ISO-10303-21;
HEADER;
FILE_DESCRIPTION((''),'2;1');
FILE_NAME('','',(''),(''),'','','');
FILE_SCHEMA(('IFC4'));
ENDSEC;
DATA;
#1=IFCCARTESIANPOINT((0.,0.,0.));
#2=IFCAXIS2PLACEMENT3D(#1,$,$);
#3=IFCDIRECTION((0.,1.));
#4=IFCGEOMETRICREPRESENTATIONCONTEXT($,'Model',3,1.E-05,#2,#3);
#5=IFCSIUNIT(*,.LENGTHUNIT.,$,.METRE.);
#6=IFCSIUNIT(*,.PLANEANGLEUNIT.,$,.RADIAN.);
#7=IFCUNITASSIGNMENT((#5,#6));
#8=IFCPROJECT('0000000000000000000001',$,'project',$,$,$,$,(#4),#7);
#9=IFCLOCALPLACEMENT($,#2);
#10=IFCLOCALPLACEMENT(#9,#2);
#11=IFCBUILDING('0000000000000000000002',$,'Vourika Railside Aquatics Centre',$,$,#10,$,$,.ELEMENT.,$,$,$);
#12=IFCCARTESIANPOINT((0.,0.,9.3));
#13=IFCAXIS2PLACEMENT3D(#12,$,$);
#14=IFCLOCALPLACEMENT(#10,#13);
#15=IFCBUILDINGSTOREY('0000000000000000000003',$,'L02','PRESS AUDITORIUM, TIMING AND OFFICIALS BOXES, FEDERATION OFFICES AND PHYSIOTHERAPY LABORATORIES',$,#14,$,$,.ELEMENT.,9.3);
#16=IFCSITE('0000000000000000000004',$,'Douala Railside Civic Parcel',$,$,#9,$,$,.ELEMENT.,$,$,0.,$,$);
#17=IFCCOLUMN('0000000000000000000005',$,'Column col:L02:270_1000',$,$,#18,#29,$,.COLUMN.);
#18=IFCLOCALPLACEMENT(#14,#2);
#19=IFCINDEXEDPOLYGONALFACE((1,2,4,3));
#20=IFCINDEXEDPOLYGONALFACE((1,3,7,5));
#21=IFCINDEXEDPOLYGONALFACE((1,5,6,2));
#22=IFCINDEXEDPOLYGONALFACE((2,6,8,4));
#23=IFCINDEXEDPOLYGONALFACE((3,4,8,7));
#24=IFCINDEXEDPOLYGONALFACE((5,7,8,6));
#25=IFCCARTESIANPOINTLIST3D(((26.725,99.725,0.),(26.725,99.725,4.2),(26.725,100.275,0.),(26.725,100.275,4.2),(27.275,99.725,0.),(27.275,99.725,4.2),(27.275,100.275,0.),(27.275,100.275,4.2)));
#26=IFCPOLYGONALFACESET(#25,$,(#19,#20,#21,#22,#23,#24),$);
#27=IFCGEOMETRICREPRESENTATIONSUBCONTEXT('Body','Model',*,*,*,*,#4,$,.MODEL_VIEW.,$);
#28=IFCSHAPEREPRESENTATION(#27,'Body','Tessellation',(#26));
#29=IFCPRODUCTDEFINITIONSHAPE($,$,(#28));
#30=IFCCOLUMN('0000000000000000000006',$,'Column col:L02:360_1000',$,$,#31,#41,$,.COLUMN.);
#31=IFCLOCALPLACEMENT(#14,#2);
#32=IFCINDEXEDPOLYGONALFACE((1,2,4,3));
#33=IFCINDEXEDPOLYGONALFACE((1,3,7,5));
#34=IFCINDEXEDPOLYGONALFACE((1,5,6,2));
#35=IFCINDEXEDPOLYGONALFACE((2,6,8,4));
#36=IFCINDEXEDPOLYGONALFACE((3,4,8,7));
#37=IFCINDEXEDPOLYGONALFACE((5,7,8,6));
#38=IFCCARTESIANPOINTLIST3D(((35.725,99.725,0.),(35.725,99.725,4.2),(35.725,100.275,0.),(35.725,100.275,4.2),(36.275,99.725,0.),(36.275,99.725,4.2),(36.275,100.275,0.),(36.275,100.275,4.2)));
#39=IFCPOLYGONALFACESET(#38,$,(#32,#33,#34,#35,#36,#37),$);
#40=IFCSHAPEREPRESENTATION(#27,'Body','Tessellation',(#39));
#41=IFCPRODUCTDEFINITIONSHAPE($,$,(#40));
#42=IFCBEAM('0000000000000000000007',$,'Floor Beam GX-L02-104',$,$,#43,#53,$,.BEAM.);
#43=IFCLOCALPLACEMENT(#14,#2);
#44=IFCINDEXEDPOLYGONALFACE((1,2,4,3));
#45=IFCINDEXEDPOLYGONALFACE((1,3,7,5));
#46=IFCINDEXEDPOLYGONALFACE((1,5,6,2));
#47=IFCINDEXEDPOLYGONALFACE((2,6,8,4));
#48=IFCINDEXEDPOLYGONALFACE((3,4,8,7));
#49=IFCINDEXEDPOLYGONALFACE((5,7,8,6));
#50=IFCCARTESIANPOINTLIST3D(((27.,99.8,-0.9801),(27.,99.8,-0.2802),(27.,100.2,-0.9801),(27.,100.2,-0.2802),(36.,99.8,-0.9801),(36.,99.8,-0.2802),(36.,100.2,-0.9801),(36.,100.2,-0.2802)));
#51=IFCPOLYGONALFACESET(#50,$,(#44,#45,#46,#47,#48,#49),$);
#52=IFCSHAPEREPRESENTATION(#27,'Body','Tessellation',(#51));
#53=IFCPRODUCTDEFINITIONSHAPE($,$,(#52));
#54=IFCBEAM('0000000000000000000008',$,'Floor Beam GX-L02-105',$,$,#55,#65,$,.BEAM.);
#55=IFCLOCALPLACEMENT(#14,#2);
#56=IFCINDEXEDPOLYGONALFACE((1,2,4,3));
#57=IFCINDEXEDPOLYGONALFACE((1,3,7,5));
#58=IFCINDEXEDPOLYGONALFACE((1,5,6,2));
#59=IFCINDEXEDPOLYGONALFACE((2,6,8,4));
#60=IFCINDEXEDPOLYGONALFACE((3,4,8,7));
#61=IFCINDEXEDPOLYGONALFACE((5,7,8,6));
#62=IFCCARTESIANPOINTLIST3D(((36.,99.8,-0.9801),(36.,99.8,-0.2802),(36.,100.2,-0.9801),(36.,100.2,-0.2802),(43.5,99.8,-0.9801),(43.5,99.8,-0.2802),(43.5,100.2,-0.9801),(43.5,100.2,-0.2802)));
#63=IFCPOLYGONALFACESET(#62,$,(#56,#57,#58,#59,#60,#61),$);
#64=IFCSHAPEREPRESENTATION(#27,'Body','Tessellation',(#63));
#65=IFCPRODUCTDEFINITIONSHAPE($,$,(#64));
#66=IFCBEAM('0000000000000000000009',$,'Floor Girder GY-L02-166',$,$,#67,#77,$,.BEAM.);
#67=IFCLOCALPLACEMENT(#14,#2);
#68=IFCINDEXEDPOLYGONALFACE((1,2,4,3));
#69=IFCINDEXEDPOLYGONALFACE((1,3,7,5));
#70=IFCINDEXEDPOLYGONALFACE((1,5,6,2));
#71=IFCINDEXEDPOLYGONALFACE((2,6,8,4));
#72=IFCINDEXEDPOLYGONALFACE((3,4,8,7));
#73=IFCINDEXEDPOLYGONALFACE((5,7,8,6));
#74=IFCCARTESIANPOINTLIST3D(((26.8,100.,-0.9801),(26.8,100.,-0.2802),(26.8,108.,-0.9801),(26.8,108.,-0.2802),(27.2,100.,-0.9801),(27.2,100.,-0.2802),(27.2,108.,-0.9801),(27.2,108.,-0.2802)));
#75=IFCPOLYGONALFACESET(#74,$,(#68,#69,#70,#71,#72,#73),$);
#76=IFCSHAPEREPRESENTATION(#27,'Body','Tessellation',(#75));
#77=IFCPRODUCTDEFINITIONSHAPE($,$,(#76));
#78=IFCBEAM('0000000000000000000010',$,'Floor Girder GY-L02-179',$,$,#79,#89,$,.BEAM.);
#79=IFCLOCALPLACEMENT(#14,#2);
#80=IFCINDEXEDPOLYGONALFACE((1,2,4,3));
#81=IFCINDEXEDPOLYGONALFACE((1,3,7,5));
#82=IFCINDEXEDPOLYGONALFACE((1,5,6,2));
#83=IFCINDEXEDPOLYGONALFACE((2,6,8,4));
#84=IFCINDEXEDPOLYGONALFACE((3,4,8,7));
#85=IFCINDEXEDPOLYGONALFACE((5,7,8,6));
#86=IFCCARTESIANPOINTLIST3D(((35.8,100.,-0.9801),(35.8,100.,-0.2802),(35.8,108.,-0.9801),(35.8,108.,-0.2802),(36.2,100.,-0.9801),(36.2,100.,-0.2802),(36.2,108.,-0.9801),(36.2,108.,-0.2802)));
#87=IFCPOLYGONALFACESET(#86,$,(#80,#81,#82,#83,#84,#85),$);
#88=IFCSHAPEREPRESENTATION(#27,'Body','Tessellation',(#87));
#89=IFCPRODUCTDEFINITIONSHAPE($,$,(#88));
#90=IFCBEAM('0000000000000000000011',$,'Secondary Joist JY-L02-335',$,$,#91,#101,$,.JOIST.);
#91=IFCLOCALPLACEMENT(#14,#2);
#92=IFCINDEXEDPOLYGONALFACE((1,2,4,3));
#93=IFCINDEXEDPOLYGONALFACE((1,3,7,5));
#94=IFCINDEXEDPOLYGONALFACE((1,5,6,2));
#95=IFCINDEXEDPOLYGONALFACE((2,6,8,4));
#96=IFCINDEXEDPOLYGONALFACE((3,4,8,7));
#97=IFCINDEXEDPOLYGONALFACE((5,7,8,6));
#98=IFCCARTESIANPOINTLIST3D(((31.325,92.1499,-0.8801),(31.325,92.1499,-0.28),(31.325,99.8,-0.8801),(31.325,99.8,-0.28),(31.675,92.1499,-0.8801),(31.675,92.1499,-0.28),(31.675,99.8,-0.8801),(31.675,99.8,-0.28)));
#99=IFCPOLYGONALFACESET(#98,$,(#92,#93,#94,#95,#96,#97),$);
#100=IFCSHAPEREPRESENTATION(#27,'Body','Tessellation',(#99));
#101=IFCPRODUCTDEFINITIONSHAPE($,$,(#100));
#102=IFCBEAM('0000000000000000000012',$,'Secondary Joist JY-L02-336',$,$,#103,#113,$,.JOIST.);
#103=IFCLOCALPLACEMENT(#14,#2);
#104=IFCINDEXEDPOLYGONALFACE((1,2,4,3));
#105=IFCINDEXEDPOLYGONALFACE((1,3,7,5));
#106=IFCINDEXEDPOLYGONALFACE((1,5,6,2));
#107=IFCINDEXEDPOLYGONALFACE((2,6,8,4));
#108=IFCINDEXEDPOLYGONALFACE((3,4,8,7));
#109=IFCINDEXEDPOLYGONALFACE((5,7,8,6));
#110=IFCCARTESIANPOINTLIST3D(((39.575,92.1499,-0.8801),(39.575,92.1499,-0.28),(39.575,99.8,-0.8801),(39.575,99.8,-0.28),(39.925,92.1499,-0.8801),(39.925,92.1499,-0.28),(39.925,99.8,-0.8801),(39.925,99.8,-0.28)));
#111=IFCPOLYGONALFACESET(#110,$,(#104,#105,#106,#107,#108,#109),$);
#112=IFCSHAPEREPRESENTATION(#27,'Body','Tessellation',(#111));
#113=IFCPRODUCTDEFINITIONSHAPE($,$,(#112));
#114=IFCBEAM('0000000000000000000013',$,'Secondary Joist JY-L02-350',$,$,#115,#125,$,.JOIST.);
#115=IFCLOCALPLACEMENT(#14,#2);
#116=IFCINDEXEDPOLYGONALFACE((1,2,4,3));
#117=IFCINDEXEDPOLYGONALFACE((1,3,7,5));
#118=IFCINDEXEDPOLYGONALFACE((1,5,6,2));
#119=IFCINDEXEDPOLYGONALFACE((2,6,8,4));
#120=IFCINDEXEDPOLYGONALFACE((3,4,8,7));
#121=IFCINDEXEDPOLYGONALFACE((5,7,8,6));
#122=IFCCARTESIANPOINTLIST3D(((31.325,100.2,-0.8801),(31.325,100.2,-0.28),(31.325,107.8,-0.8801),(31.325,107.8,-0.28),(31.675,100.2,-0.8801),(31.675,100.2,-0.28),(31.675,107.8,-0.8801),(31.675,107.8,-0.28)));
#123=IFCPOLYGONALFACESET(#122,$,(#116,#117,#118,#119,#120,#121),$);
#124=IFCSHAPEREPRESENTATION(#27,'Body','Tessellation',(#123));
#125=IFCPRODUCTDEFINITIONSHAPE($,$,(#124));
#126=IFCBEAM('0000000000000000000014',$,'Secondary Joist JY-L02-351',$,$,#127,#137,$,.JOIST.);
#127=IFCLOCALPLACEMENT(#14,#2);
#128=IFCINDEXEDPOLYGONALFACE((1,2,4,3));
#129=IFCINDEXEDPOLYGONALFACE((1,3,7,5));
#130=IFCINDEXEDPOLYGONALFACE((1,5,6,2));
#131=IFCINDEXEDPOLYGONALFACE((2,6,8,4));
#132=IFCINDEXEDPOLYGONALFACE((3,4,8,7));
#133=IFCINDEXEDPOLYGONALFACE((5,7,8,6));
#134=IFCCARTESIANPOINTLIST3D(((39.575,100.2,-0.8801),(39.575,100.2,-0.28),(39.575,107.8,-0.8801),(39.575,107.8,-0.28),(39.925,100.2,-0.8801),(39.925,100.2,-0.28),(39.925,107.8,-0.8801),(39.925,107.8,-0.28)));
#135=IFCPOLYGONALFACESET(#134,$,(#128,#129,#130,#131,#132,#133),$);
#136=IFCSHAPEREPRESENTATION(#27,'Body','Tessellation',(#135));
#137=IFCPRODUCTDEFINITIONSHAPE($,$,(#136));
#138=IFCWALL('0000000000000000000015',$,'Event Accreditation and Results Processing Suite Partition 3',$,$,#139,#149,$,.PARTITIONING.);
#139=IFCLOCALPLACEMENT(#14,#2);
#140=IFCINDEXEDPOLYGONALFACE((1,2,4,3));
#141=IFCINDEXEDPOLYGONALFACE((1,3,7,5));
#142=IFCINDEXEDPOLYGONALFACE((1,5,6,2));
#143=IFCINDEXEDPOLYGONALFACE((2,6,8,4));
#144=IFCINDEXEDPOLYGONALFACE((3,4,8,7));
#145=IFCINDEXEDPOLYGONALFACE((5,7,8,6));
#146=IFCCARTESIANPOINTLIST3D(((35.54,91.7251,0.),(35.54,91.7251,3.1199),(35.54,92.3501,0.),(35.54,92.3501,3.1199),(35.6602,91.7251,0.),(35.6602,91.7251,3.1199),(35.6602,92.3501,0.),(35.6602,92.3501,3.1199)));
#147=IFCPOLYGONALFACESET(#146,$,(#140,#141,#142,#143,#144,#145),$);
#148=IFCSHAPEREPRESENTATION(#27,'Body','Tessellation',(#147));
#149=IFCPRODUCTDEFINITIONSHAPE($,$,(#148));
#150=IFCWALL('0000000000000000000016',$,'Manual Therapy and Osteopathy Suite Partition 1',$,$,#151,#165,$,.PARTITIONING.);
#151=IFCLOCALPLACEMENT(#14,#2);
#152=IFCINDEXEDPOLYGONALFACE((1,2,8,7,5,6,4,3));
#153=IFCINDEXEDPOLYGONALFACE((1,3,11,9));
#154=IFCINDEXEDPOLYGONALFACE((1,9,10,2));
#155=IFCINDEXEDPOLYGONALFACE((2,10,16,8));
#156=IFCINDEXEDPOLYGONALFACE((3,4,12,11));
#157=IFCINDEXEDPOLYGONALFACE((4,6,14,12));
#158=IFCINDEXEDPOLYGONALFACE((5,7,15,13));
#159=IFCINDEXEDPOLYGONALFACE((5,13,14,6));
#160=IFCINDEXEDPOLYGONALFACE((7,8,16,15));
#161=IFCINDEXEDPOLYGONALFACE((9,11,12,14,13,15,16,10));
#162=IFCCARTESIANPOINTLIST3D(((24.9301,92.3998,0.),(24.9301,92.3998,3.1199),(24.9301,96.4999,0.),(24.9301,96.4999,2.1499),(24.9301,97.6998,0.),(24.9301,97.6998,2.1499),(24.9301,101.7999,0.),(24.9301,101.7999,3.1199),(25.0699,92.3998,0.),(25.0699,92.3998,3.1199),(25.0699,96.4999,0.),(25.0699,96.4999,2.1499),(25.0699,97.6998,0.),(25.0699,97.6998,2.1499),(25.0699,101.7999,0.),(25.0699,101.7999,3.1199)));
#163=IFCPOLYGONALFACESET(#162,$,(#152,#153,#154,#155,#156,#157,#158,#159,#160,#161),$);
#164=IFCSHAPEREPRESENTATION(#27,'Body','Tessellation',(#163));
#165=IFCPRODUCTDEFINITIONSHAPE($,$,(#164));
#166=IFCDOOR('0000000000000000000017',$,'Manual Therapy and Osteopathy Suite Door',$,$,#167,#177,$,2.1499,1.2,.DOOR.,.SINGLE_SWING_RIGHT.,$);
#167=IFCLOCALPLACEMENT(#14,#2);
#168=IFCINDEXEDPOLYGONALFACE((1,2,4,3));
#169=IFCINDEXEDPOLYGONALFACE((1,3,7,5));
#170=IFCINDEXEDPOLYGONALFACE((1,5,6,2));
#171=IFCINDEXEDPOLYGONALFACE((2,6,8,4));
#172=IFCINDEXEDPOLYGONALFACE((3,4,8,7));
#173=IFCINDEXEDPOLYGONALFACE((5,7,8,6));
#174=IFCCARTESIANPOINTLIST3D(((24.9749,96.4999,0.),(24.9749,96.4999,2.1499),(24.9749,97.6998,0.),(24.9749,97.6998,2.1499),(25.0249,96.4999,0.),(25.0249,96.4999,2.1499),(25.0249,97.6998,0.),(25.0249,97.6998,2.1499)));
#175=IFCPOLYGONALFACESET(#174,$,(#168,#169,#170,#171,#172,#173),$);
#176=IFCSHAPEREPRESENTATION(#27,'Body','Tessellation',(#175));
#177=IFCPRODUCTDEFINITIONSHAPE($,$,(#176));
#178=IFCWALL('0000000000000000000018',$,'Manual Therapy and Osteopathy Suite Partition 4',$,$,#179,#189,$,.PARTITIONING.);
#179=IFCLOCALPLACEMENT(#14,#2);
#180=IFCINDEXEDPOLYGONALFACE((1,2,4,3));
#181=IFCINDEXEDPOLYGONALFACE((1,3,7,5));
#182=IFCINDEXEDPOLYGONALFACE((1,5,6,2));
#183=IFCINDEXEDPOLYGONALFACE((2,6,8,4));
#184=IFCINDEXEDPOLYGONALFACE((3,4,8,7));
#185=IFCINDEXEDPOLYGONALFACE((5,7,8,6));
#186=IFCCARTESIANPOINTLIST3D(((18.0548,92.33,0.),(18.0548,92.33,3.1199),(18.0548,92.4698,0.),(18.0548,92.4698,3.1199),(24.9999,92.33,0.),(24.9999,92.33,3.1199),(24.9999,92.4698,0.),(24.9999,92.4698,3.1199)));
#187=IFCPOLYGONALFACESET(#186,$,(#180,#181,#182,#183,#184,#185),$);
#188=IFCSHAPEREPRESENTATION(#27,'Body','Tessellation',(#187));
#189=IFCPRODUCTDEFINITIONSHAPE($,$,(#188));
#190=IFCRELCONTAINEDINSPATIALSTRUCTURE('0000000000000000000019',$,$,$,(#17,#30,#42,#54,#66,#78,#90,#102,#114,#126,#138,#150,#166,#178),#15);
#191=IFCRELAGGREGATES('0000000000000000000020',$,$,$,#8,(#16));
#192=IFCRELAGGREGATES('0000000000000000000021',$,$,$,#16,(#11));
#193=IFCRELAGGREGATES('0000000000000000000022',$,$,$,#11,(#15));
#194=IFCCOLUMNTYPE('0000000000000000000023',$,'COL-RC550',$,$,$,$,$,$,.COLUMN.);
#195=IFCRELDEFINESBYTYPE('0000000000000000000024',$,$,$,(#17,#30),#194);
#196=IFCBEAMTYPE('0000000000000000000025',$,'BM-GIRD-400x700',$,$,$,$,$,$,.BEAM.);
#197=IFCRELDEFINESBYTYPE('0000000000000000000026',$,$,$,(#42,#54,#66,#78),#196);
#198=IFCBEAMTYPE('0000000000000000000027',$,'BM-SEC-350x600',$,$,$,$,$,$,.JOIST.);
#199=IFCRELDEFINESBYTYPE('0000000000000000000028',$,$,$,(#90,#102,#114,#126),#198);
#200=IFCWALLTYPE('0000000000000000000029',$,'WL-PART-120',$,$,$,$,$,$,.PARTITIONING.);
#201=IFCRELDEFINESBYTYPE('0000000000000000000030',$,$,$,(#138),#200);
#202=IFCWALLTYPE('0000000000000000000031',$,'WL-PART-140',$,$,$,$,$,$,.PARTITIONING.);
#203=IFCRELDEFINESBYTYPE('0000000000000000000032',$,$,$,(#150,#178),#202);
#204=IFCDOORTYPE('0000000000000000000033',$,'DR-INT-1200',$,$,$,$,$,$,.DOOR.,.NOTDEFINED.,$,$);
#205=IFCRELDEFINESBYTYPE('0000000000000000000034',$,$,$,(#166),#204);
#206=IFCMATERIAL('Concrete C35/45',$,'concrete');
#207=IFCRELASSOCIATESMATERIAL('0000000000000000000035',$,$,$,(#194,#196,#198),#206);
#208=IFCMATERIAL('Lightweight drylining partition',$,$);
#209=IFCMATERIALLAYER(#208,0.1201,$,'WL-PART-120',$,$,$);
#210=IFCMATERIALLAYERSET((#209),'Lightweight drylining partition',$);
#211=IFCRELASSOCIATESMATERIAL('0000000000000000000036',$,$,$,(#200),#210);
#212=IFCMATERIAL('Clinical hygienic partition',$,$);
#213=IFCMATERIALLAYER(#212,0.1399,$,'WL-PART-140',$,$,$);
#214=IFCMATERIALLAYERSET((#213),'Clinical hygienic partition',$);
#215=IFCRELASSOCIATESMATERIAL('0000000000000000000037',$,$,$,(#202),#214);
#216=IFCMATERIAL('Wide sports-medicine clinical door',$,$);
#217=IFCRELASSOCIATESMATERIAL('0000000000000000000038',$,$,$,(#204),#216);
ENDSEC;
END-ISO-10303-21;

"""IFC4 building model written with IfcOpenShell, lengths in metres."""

from ifc_helpers import new_model, si_unit, direction, frame, frame_2d, origin, origin_2d, place, context, subcontext, project, spatial, rectangle, extrude, material, layer, layer_set, material_profile, profile_set, type_object, element, fill, save


model = new_model("IFC4")

# Units and contexts
model_context = context("Model", 3, precision=1e-05, world=origin(), true_north=direction((0.0, 1.0)))
body_context = subcontext(model_context, "Body", "Model", "MODEL_VIEW")
ifc_project = project(units=[si_unit("LENGTHUNIT", "METRE"), si_unit("PLANEANGLEUNIT", "RADIAN")], contexts=[model_context])

# Site, building, storey
site_placement = place(None, origin())
site = spatial("IfcSite", under=ifc_project, at=site_placement, Name="Douala Railside Civic Parcel", CompositionType="ELEMENT", RefElevation=0.0)
building_placement = place(site_placement, origin())
building = spatial("IfcBuilding", under=site, at=building_placement, Name="Vourika Railside Aquatics Centre", CompositionType="ELEMENT")
storey_placement = place(building_placement, frame((0.0, 0.0, 9.3)))
storey = spatial("IfcBuildingStorey", under=building, at=storey_placement, Name="L02", Description="PRESS AUDITORIUM, TIMING AND OFFICIALS BOXES, FEDERATION OFFICES AND PHYSIOTHERAPY LABORATORIES", CompositionType="ELEMENT", Elevation=9.3)

# Columns
ifc_material_1 = material(Name="Concrete C35/45", Category="concrete")
ifc_material_profile_1 = material_profile(ifc_material_1, rectangle(XDim=0.55, YDim=0.55, at=origin_2d()), Name="RC 550x550")
ifc_profile_set_1 = profile_set([ifc_material_profile_1], Name="Concrete C35/45")
column_type = type_object("IfcColumnType", Name="COL-RC550", PredefinedType="COLUMN", material=ifc_profile_set_1)
for number, where, z_axis, x_axis, name in (
    (1, (27.0, 100.0, 0.0), (0.0, 0.0, 1.0), (1.0, 0.0, 0.0), "Column col:L02:270_1000"),
    (2, (36.0, 100.0, 0.0), (0.0, 0.0, 1.0), (1.0, 0.0, 0.0), "Column col:L02:360_1000"),
):
    element("IfcColumn", number, at=place(storey_placement, frame(where, z_axis=z_axis, x_axis=x_axis)), inside=storey, type_object=column_type, Name=name, PredefinedType="COLUMN", context=body_context, shape_type="SweptSolid", body=[
        extrude(rectangle(XDim=0.55, YDim=0.55, at=origin_2d()), origin(), (0.0, 0.0, 1.0), 4.2),
    ])

# Beams
ifc_material_profile_2 = material_profile(ifc_material_1, rectangle(XDim=0.3999, YDim=0.7, at=origin_2d()), Name="RC 400x700")
ifc_profile_set_2 = profile_set([ifc_material_profile_2], Name="Concrete C35/45")
beam_type_1 = type_object("IfcBeamType", Name="BM-GIRD-400x700", PredefinedType="BEAM", material=ifc_profile_set_2)
beam_1_placement = place(storey_placement, frame((27.0, 100.0, -0.6301), z_axis=(1.0, 0.0, 0.0), x_axis=(0.0, 1.0, 0.0)))
element("IfcBeam", 3, at=beam_1_placement, inside=storey, type_object=beam_type_1, Name="Floor Beam GX-L02-104", PredefinedType="BEAM", context=body_context, shape_type="SweptSolid", body=[
    extrude(rectangle(XDim=0.3999, YDim=0.7, at=origin_2d()), origin(), (0.0, 0.0, 1.0), 9.0),
])
beam_2_placement = place(storey_placement, frame((36.0, 100.0, -0.6301), z_axis=(1.0, 0.0, 0.0), x_axis=(0.0, 1.0, 0.0)))
element("IfcBeam", 4, at=beam_2_placement, inside=storey, type_object=beam_type_1, Name="Floor Beam GX-L02-105", PredefinedType="BEAM", context=body_context, shape_type="SweptSolid", body=[
    extrude(rectangle(XDim=0.3999, YDim=0.7, at=origin_2d()), origin(), (0.0, 0.0, 1.0), 7.5),
])
for number, where, z_axis, x_axis, name in (
    (5, (27.0, 100.0, -0.6301), (0.0, 1.0, 0.0), (-1.0, 0.0, 0.0), "Floor Girder GY-L02-166"),
    (6, (36.0, 100.0, -0.6301), (0.0, 1.0, 0.0), (-1.0, 0.0, 0.0), "Floor Girder GY-L02-179"),
):
    element("IfcBeam", number, at=place(storey_placement, frame(where, z_axis=z_axis, x_axis=x_axis)), inside=storey, type_object=beam_type_1, Name=name, PredefinedType="BEAM", context=body_context, shape_type="SweptSolid", body=[
        extrude(rectangle(XDim=0.3999, YDim=0.7, at=origin_2d()), origin(), (0.0, 0.0, 1.0), 8.0),
    ])
ifc_material_profile_3 = material_profile(ifc_material_1, rectangle(XDim=0.3501, YDim=0.6001, at=origin_2d()), Name="RC 350x600")
ifc_profile_set_3 = profile_set([ifc_material_profile_3], Name="Concrete C35/45")
beam_type_2 = type_object("IfcBeamType", Name="BM-SEC-350x600", PredefinedType="JOIST", material=ifc_profile_set_3)
for number, where, z_axis, x_axis, name in (
    (7, (31.5, 92.1499, -0.5801), (0.0, 1.0, 0.0), (-1.0, 0.0, 0.0), "Secondary Joist JY-L02-335"),
    (8, (39.75, 92.1499, -0.5801), (0.0, 1.0, 0.0), (-1.0, 0.0, 0.0), "Secondary Joist JY-L02-336"),
):
    element("IfcBeam", number, at=place(storey_placement, frame(where, z_axis=z_axis, x_axis=x_axis)), inside=storey, type_object=beam_type_2, Name=name, PredefinedType="JOIST", context=body_context, shape_type="SweptSolid", body=[
        extrude(rectangle(XDim=0.3501, YDim=0.6001, at=origin_2d()), origin(), (0.0, 0.0, 1.0), 7.6501),
    ])
for number, where, z_axis, x_axis, name in (
    (9, (31.5, 100.2, -0.5801), (0.0, 1.0, 0.0), (-1.0, 0.0, 0.0), "Secondary Joist JY-L02-350"),
    (10, (39.75, 100.2, -0.5801), (0.0, 1.0, 0.0), (-1.0, 0.0, 0.0), "Secondary Joist JY-L02-351"),
):
    element("IfcBeam", number, at=place(storey_placement, frame(where, z_axis=z_axis, x_axis=x_axis)), inside=storey, type_object=beam_type_2, Name=name, PredefinedType="JOIST", context=body_context, shape_type="SweptSolid", body=[
        extrude(rectangle(XDim=0.3501, YDim=0.6001, at=origin_2d()), origin(), (0.0, 0.0, 1.0), 7.6001),
    ])

# Wall
ifc_material_2 = material(Name="Lightweight drylining partition")
ifc_layer_1 = layer(ifc_material_2, 0.1201, Name="WL-PART-120")
ifc_layer_set_1 = layer_set([ifc_layer_1], Name="Lightweight drylining partition")
wall_type_1 = type_object("IfcWallType", Name="WL-PART-120", PredefinedType="PARTITIONING", material=ifc_layer_set_1)
wall_1_placement = place(storey_placement, frame((35.6001, 92.3501, 0.0), z_axis=(0.0, 0.0, 1.0), x_axis=(0.0, -1.0, 0.0)))
element("IfcWall", 11, at=wall_1_placement, inside=storey, type_object=wall_type_1, Name="Event Accreditation and Results Processing Suite Partition 3", PredefinedType="PARTITIONING", context=body_context, shape_type="SweptSolid", body=[
    extrude(rectangle(XDim=0.625, YDim=0.1201, at=frame_2d((0.3125, 0.0))), origin(), (0.0, 0.0, 1.0), 3.1199),
])

# Wall, opening, door
ifc_material_3 = material(Name="Clinical hygienic partition")
ifc_layer_2 = layer(ifc_material_3, 0.1399, Name="WL-PART-140")
ifc_layer_set_2 = layer_set([ifc_layer_2], Name="Clinical hygienic partition")
wall_type_2 = type_object("IfcWallType", Name="WL-PART-140", PredefinedType="PARTITIONING", material=ifc_layer_set_2)
wall_2_placement = place(storey_placement, frame((25.0, 101.8, 0.0), z_axis=(0.0, 0.0, 1.0), x_axis=(0.0, -1.0, 0.0)))
wall_2 = element("IfcWall", 12, at=wall_2_placement, inside=storey, type_object=wall_type_2, Name="Manual Therapy and Osteopathy Suite Partition 1", PredefinedType="PARTITIONING", context=body_context, shape_type="SweptSolid", body=[
    extrude(rectangle(XDim=9.4001, YDim=0.1399, at=frame_2d((4.7002, 0.0))), origin(), (0.0, 0.0, 1.0), 3.1199),
])
opening_1_placement = place(wall_2_placement, frame((4.1001, 0.0, 0.0)))
opening_1 = element("IfcOpeningElement", 13, at=opening_1_placement, cuts=wall_2, PredefinedType="OPENING", context=body_context, shape_type="SweptSolid", body=[
    extrude(rectangle(XDim=1.2, YDim=2.1499, at=frame_2d((0.6001, 1.075))), frame((0.0, 0.0801, 0.0), z_axis=(0.0, -1.0, 0.0), x_axis=(1.0, 0.0, 0.0)), (0.0, 0.0, 1.0), 0.1599),
])
ifc_material_4 = material(Name="Wide sports-medicine clinical door")
door_type = type_object("IfcDoorType", Name="DR-INT-1200", OperationType="NOTDEFINED", PredefinedType="DOOR", material=ifc_material_4)
door_1_placement = place(opening_1_placement, origin())
door_1 = element("IfcDoor", 14, at=door_1_placement, inside=storey, type_object=door_type, Name="Manual Therapy and Osteopathy Suite Door", OperationType="SINGLE_SWING_RIGHT", OverallHeight=2.1499, OverallWidth=1.2, PredefinedType="DOOR", context=body_context, shape_type="SweptSolid", body=[
    extrude(rectangle(XDim=1.2, YDim=2.1499, at=frame_2d((0.6001, 1.075))), frame((0.0, 0.0249, 0.0), z_axis=(0.0, -1.0, 0.0), x_axis=(1.0, 0.0, 0.0)), (0.0, 0.0, 1.0), 0.05),
])
fill(opening_1, door_1)

# Wall
wall_3_placement = place(storey_placement, frame((25.0, 92.3999, 0.0), z_axis=(0.0, 0.0, 1.0), x_axis=(-1.0, 0.0, 0.0)))
element("IfcWall", 15, at=wall_3_placement, inside=storey, type_object=wall_type_2, Name="Manual Therapy and Osteopathy Suite Partition 4", PredefinedType="PARTITIONING", context=body_context, shape_type="SweptSolid", body=[
    extrude(rectangle(XDim=6.9451, YDim=0.1399, at=frame_2d((3.4727, 0.0))), origin(), (0.0, 0.0, 1.0), 3.1199),
])

save(model, "model.ifc")
